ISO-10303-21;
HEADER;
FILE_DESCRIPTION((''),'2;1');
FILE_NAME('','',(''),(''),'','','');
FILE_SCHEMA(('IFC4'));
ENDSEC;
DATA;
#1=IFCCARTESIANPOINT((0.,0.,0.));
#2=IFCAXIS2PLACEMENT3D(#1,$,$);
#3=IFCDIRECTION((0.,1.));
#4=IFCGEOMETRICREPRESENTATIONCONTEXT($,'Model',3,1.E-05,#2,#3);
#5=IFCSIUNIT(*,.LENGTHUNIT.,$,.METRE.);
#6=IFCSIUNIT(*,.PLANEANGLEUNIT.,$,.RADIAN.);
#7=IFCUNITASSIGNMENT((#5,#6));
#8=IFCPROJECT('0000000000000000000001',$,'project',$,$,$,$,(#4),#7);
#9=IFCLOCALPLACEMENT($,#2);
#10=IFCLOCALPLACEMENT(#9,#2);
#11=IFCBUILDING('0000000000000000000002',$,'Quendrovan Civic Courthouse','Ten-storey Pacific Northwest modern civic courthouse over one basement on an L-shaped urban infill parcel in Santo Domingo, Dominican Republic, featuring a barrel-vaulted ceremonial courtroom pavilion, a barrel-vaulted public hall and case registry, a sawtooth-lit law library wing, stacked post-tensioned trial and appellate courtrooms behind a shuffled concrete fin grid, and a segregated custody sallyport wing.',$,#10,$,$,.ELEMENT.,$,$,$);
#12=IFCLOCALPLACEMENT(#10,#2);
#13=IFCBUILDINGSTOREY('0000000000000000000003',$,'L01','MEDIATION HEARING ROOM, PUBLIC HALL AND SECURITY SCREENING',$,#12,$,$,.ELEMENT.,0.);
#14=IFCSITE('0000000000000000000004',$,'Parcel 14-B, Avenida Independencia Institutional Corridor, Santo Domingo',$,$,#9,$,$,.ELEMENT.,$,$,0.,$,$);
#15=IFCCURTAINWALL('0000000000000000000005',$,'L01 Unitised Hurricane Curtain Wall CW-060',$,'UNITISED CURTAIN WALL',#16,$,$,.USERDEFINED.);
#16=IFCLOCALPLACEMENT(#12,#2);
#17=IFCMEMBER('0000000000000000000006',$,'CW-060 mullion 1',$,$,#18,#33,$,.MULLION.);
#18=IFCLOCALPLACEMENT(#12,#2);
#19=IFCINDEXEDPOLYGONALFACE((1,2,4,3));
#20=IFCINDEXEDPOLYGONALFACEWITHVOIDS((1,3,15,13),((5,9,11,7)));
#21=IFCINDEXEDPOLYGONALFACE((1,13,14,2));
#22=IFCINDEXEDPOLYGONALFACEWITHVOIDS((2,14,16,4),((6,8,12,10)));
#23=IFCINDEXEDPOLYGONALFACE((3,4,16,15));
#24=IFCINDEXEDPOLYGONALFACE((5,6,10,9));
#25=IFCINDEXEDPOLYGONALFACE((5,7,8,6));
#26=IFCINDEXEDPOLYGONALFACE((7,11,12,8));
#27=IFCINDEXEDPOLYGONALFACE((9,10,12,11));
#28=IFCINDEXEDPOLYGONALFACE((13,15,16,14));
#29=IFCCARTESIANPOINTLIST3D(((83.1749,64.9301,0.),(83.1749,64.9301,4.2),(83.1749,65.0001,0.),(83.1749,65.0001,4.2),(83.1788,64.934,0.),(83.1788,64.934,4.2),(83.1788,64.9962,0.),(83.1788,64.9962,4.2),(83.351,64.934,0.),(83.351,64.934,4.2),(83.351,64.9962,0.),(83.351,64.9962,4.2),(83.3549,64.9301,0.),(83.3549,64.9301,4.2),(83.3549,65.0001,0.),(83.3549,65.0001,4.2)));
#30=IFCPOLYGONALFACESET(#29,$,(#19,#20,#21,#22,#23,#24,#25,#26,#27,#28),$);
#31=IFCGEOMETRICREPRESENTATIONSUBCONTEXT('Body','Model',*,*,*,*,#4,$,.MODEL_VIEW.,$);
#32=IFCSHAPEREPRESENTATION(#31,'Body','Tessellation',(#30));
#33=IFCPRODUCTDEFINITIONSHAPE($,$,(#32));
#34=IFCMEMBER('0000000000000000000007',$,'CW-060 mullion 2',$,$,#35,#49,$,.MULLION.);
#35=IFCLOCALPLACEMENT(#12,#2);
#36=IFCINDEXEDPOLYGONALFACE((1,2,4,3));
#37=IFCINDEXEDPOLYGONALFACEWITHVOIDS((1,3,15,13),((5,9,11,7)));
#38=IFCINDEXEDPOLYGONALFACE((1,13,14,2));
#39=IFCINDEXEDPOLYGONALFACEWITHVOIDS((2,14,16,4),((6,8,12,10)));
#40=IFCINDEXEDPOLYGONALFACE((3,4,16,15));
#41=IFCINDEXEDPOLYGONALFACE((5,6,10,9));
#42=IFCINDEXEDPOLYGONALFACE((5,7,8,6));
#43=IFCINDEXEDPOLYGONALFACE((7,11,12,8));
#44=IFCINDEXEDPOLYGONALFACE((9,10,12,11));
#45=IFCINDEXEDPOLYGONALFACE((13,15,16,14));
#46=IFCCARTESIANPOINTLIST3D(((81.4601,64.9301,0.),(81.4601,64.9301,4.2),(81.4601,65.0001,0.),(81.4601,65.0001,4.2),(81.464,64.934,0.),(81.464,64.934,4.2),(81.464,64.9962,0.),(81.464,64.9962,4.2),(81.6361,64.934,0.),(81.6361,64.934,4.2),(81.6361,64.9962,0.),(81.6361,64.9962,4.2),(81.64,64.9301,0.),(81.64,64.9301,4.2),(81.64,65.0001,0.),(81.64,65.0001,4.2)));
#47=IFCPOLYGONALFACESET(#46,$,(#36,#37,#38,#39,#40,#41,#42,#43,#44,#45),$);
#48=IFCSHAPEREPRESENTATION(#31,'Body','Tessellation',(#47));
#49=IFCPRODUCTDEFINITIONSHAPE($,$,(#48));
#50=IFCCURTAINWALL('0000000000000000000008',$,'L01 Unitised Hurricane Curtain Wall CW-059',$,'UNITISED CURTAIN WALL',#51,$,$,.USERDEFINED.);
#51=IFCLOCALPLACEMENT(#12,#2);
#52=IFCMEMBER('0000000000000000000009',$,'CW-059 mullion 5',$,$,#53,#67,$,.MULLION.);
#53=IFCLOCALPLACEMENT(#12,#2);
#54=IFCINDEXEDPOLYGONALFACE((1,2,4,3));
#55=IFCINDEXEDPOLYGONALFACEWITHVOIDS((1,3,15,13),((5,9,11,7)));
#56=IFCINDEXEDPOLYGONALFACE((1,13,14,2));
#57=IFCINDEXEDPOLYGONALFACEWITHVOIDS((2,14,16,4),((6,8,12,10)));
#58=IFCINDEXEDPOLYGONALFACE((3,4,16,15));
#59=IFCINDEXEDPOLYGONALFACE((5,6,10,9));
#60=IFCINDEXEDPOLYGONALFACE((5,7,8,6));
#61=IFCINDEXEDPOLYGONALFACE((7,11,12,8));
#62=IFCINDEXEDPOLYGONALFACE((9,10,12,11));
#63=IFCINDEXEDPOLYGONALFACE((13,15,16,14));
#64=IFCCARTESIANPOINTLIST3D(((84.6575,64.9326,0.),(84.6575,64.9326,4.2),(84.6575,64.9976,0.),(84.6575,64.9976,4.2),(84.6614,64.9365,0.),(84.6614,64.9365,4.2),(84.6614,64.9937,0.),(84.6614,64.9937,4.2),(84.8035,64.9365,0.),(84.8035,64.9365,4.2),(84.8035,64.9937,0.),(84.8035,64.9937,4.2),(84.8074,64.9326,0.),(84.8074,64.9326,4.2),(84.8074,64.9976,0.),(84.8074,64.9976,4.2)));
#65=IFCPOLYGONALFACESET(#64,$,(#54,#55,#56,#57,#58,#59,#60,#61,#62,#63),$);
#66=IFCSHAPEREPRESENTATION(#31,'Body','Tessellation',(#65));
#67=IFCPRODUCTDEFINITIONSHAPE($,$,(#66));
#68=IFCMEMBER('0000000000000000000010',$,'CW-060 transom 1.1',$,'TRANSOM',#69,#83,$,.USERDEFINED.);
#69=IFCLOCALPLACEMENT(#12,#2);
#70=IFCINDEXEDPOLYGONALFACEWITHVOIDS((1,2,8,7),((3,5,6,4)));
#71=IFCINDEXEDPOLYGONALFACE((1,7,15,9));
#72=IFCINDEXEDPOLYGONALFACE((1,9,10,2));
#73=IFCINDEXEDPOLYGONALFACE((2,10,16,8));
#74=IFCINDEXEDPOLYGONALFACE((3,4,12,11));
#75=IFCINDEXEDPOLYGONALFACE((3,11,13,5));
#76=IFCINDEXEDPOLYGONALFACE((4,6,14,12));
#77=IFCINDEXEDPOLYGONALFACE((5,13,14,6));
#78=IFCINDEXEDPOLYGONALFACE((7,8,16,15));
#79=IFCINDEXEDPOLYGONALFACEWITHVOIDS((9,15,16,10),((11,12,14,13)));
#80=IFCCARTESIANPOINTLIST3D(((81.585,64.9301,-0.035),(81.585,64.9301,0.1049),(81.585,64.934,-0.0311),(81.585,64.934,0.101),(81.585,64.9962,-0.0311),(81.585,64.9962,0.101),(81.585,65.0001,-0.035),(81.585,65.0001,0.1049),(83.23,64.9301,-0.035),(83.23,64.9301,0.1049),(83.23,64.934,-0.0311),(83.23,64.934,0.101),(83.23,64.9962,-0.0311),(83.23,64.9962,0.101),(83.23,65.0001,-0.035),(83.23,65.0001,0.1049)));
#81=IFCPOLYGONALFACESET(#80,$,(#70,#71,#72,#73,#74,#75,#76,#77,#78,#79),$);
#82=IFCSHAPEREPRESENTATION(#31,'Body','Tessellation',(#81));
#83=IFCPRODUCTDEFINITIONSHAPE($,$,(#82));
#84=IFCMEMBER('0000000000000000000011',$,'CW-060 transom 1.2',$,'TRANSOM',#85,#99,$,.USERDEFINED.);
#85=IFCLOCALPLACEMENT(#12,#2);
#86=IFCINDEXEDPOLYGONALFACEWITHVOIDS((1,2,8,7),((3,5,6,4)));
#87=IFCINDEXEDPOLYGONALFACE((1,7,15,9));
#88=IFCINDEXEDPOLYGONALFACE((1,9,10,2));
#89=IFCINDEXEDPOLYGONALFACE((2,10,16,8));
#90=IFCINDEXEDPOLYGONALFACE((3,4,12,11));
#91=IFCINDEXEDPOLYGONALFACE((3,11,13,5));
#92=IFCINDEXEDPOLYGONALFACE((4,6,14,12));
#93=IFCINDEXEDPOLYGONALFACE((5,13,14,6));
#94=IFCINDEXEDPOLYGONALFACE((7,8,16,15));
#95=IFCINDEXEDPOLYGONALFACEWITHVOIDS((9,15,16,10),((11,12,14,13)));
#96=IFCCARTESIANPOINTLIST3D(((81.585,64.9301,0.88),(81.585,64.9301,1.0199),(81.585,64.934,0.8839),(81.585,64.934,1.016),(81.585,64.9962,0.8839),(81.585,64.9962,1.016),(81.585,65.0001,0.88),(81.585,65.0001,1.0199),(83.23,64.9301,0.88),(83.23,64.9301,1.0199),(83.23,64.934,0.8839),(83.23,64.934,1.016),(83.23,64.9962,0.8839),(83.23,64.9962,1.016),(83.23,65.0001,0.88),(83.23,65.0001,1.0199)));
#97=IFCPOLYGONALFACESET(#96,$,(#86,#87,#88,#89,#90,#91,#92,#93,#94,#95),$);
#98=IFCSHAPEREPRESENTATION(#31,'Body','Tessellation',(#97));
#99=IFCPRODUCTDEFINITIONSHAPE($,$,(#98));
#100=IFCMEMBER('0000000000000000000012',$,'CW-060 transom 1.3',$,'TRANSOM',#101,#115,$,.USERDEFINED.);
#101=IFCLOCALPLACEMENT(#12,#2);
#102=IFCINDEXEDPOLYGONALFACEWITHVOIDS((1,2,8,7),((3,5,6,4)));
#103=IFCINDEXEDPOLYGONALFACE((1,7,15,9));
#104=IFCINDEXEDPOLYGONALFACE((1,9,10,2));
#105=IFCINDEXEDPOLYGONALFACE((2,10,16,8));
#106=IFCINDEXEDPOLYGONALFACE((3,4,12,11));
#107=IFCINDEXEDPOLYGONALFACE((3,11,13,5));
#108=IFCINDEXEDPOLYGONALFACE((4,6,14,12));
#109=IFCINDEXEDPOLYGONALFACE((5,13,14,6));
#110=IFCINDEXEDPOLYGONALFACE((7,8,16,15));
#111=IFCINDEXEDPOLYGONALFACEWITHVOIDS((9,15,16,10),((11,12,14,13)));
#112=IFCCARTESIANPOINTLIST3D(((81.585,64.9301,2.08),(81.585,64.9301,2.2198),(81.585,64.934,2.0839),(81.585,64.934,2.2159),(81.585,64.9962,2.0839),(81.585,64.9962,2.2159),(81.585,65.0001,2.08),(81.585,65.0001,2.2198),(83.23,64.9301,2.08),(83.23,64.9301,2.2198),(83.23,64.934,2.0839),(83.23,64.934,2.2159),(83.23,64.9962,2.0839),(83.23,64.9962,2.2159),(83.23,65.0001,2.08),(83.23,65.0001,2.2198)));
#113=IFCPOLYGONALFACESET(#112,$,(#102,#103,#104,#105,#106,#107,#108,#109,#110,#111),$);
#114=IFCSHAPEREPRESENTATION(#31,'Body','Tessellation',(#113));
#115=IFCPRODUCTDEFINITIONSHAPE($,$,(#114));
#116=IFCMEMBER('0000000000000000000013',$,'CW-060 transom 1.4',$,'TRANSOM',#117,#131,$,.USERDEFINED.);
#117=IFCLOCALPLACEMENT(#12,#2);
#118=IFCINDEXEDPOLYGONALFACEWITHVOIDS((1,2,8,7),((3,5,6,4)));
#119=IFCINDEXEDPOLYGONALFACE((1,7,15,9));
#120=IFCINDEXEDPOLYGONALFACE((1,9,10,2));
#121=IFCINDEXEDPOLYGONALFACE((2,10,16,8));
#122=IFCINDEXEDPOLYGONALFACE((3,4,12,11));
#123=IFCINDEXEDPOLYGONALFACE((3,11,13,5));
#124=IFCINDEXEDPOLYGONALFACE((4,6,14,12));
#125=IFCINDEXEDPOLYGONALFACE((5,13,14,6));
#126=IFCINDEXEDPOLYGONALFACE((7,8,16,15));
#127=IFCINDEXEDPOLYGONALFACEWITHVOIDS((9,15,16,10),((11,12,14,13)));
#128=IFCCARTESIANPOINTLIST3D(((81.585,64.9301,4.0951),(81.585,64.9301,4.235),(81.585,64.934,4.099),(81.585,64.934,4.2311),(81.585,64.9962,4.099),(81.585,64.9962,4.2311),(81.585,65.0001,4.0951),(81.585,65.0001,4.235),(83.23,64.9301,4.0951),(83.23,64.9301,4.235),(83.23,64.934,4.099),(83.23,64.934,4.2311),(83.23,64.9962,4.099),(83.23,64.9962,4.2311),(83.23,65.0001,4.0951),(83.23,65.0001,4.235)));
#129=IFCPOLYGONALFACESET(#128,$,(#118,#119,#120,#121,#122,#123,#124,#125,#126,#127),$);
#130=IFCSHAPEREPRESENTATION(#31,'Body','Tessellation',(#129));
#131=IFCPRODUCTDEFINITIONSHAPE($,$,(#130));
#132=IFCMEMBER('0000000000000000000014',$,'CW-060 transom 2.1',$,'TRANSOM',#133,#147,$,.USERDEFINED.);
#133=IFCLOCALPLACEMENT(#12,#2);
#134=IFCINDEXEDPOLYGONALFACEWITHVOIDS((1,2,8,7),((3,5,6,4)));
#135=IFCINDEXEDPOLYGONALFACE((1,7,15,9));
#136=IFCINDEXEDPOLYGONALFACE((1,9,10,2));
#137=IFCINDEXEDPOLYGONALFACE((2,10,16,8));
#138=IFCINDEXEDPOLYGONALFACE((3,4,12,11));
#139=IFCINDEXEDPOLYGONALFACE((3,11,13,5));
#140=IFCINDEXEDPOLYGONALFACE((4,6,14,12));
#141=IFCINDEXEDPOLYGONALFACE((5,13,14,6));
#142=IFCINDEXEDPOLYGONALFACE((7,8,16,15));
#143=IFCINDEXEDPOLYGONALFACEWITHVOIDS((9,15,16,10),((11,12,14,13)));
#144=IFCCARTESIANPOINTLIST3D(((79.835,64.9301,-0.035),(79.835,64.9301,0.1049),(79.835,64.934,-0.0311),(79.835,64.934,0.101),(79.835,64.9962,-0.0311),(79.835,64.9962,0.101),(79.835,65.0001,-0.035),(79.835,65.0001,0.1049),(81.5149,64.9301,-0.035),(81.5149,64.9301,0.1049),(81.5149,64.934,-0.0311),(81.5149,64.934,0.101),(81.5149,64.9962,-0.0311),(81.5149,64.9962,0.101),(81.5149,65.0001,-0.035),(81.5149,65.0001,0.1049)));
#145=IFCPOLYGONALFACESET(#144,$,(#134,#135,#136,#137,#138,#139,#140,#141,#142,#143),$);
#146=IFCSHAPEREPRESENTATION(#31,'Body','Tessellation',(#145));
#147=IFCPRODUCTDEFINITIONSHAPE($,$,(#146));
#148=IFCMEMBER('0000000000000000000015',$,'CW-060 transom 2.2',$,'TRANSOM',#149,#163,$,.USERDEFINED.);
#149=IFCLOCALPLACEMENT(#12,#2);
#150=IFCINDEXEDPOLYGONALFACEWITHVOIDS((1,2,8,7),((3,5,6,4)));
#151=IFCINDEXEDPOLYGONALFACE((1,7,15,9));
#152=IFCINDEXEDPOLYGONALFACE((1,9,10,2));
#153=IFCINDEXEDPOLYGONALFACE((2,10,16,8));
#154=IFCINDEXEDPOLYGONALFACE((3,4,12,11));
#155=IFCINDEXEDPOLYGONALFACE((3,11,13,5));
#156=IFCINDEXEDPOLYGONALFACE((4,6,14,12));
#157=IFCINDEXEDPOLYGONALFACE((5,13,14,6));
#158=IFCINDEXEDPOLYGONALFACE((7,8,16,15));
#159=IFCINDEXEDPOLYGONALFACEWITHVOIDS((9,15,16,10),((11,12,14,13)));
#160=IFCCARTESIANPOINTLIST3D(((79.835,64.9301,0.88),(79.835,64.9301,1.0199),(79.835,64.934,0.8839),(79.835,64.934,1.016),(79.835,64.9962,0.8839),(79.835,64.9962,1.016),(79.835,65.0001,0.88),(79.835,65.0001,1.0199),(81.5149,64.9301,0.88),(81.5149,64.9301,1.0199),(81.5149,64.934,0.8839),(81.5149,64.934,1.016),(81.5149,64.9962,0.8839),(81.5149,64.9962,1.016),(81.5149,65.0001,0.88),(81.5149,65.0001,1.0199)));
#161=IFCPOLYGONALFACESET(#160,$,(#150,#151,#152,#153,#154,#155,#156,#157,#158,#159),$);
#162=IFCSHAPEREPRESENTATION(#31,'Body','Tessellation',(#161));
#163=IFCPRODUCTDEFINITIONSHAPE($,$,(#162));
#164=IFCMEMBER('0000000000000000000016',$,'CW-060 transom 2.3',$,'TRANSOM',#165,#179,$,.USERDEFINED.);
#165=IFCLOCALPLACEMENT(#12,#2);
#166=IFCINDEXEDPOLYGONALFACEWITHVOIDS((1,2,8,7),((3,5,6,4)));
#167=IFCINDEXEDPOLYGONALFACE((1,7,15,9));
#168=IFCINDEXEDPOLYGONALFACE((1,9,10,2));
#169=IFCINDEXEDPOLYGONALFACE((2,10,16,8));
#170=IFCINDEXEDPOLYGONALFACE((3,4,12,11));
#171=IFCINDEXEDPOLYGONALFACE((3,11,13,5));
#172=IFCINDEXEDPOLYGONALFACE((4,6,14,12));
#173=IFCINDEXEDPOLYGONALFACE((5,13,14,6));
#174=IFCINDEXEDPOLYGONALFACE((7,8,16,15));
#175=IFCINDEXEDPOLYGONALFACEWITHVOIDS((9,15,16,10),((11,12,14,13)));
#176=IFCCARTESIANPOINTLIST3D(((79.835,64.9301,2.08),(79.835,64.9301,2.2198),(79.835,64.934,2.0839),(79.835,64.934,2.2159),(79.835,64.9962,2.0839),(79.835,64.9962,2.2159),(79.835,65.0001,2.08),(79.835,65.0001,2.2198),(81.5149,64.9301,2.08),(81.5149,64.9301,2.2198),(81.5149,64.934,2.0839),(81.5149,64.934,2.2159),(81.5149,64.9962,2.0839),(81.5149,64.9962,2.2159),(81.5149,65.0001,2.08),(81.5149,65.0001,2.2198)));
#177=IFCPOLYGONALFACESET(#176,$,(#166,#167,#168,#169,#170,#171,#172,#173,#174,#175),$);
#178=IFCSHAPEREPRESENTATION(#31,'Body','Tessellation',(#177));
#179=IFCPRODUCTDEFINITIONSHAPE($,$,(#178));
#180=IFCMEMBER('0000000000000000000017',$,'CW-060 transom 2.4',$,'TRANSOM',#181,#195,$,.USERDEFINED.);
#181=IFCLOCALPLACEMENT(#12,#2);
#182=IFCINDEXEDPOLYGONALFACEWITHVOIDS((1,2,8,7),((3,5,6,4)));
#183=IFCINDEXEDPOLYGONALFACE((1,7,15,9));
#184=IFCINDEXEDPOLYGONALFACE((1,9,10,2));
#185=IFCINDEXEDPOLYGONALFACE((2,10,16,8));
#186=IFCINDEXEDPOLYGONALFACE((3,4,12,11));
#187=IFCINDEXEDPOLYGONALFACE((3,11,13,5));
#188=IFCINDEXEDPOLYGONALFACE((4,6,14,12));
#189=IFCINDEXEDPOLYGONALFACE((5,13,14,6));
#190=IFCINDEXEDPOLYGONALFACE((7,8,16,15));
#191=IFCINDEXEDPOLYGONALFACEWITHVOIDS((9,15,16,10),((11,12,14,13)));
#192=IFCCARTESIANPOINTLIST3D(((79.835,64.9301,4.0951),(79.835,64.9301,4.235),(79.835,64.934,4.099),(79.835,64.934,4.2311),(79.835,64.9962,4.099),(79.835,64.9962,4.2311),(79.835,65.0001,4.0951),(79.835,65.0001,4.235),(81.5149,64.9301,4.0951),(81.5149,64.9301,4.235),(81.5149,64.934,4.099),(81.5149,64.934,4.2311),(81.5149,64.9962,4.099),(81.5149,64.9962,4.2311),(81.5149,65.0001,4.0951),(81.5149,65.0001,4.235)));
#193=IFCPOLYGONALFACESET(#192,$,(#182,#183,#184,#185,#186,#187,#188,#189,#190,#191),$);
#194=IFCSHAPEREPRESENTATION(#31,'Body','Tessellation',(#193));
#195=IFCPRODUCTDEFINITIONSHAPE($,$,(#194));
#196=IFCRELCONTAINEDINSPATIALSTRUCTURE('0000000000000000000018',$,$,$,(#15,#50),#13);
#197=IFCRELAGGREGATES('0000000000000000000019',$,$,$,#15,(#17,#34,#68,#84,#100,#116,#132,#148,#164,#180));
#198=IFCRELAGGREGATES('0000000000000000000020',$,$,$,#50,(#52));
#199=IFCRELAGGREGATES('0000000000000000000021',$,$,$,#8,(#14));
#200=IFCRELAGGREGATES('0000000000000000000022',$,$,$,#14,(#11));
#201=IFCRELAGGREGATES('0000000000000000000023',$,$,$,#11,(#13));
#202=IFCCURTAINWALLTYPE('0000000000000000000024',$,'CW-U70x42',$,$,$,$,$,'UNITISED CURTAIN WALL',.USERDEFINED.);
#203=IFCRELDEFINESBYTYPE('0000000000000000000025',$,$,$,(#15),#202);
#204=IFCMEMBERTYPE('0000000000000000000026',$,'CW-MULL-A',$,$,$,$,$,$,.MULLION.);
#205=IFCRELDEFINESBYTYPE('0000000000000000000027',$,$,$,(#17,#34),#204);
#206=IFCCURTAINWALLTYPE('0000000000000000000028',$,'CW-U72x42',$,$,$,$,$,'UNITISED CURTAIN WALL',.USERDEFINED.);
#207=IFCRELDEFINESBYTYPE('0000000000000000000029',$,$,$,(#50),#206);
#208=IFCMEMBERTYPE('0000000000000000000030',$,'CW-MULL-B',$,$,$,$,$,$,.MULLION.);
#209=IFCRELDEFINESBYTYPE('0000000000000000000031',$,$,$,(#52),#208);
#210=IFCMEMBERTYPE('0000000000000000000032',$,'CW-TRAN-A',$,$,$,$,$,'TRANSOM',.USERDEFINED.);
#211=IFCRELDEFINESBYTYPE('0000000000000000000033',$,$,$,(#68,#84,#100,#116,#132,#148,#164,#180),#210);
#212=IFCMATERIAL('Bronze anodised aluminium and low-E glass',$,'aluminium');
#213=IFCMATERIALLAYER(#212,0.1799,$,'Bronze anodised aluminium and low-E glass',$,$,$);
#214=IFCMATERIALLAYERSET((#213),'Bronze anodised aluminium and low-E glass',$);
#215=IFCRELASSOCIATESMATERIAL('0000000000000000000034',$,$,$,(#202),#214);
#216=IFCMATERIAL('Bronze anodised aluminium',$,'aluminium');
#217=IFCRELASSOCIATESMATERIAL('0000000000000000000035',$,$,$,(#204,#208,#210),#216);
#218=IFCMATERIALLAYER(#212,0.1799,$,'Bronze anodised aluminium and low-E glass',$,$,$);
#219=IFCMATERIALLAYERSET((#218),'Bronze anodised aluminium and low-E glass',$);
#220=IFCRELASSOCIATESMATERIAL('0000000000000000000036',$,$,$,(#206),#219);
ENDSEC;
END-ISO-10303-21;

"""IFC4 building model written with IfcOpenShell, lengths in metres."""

from ifc_helpers import new_model, si_unit, direction, frame, origin, origin_2d, place, context, subcontext, project, spatial, hollow_rectangle, extrude, material, layer, layer_set, material_profile, profile_set, type_object, element, aggregate, save


model = new_model("IFC4")

# Units and contexts
model_context = context("Model", 3, precision=1e-05, world=origin(), true_north=direction((0.0, 1.0)))
body_context = subcontext(model_context, "Body", "Model", "MODEL_VIEW")
ifc_project = project(units=[si_unit("LENGTHUNIT", "METRE"), si_unit("PLANEANGLEUNIT", "RADIAN")], contexts=[model_context])

# Site, building, storey
site_placement = place(None, origin())
site = spatial("IfcSite", under=ifc_project, at=site_placement, Name="Parcel 14-B, Avenida Independencia Institutional Corridor, Santo Domingo", CompositionType="ELEMENT", RefElevation=0.0)
building_placement = place(site_placement, origin())
building = spatial("IfcBuilding", under=site, at=building_placement, Name="Quendrovan Civic Courthouse", Description="Ten-storey Pacific Northwest modern civic courthouse over one basement on an L-shaped urban infill parcel in Santo Domingo, Dominican Republic, featuring a barrel-vaulted ceremonial courtroom pavilion, a barrel-vaulted public hall and case registry, a sawtooth-lit law library wing, stacked post-tensioned trial and appellate courtrooms behind a shuffled concrete fin grid, and a segregated custody sallyport wing.", CompositionType="ELEMENT")
storey_placement = place(building_placement, origin())
storey = spatial("IfcBuildingStorey", under=building, at=storey_placement, Name="L01", Description="MEDIATION HEARING ROOM, PUBLIC HALL AND SECURITY SCREENING", CompositionType="ELEMENT", Elevation=0.0)

# Curtain wall, members
ifc_material_1 = material(Name="Bronze anodised aluminium and low-E glass", Category="aluminium")
ifc_layer_1 = layer(ifc_material_1, 0.1799, Name="Bronze anodised aluminium and low-E glass")
ifc_layer_set_1 = layer_set([ifc_layer_1], Name="Bronze anodised aluminium and low-E glass")
curtain_wall_type_1 = type_object("IfcCurtainWallType", Name="CW-U70x42", ElementType="UNITISED CURTAIN WALL", PredefinedType="USERDEFINED", material=ifc_layer_set_1)
curtain_wall_1_placement = place(storey_placement, origin())
curtain_wall_1 = element("IfcCurtainWall", 1, at=curtain_wall_1_placement, inside=storey, type_object=curtain_wall_type_1, Name="L01 Unitised Hurricane Curtain Wall CW-060", ObjectType="UNITISED CURTAIN WALL", PredefinedType="USERDEFINED")
ifc_material_2 = material(Name="Bronze anodised aluminium", Category="aluminium")
ifc_material_profile_1 = material_profile(ifc_material_2, hollow_rectangle(XDim=0.0701, YDim=0.1799, WallThickness=0.0039, at=origin_2d()), Name="CW-MULL-70x180")
ifc_profile_set_1 = profile_set([ifc_material_profile_1], Name="Bronze anodised aluminium")
member_type_1 = type_object("IfcMemberType", Name="CW-MULL-A", PredefinedType="MULLION", material=ifc_profile_set_1)
member_1_placement = place(storey_placement, frame((83.2649, 64.9651, 0.0), z_axis=(0.0, 0.0, 1.0), x_axis=(0.0, -1.0, 0.0)))
member_1 = element("IfcMember", 2, at=member_1_placement, type_object=member_type_1, Name="CW-060 mullion 1", PredefinedType="MULLION", context=body_context, shape_type="SweptSolid", body=[
    extrude(hollow_rectangle(XDim=0.0701, YDim=0.1799, WallThickness=0.0039, at=origin_2d()), origin(), (0.0, 0.0, 1.0), 4.2),
])
member_2_placement = place(storey_placement, frame((81.55, 64.9651, 0.0), z_axis=(0.0, 0.0, 1.0), x_axis=(0.0, -1.0, 0.0)))
member_2 = element("IfcMember", 3, at=member_2_placement, type_object=member_type_1, Name="CW-060 mullion 2", PredefinedType="MULLION", context=body_context, shape_type="SweptSolid", body=[
    extrude(hollow_rectangle(XDim=0.0701, YDim=0.1799, WallThickness=0.0039, at=origin_2d()), origin(), (0.0, 0.0, 1.0), 4.2),
])

# Curtain wall, member
ifc_layer_2 = layer(ifc_material_1, 0.1799, Name="Bronze anodised aluminium and low-E glass")
ifc_layer_set_2 = layer_set([ifc_layer_2], Name="Bronze anodised aluminium and low-E glass")
curtain_wall_type_2 = type_object("IfcCurtainWallType", Name="CW-U72x42", ElementType="UNITISED CURTAIN WALL", PredefinedType="USERDEFINED", material=ifc_layer_set_2)
curtain_wall_2_placement = place(storey_placement, origin())
curtain_wall_2 = element("IfcCurtainWall", 4, at=curtain_wall_2_placement, inside=storey, type_object=curtain_wall_type_2, Name="L01 Unitised Hurricane Curtain Wall CW-059", ObjectType="UNITISED CURTAIN WALL", PredefinedType="USERDEFINED")
ifc_material_profile_2 = material_profile(ifc_material_2, hollow_rectangle(XDim=0.0649, YDim=0.1499, WallThickness=0.0039, at=origin_2d()), Name="CW-MULL-65x150")
ifc_profile_set_2 = profile_set([ifc_material_profile_2], Name="Bronze anodised aluminium")
member_type_2 = type_object("IfcMemberType", Name="CW-MULL-B", PredefinedType="MULLION", material=ifc_profile_set_2)
member_3_placement = place(storey_placement, frame((84.7324, 64.9651, 0.0), z_axis=(0.0, 0.0, 1.0), x_axis=(0.0, -1.0, 0.0)))
member_3 = element("IfcMember", 5, at=member_3_placement, type_object=member_type_2, Name="CW-059 mullion 5", PredefinedType="MULLION", context=body_context, shape_type="SweptSolid", body=[
    extrude(hollow_rectangle(XDim=0.0649, YDim=0.1499, WallThickness=0.0039, at=origin_2d()), origin(), (0.0, 0.0, 1.0), 4.2),
])

# Members
ifc_material_profile_3 = material_profile(ifc_material_2, hollow_rectangle(XDim=0.0701, YDim=0.1399, WallThickness=0.0039, at=origin_2d()), Name="CW-TRAN-70x140")
ifc_profile_set_3 = profile_set([ifc_material_profile_3], Name="Bronze anodised aluminium")
member_type_3 = type_object("IfcMemberType", Name="CW-TRAN-A", ElementType="TRANSOM", PredefinedType="USERDEFINED", material=ifc_profile_set_3)
member_4_placement = place(storey_placement, frame((83.23, 64.9651, 0.0349), z_axis=(-1.0, 0.0, 0.0), x_axis=(0.0, -1.0, 0.0)))
member_4 = element("IfcMember", 6, at=member_4_placement, type_object=member_type_3, Name="CW-060 transom 1.1", ObjectType="TRANSOM", PredefinedType="USERDEFINED", context=body_context, shape_type="SweptSolid", body=[
    extrude(hollow_rectangle(XDim=0.0701, YDim=0.1399, WallThickness=0.0039, at=origin_2d()), origin(), (0.0, 0.0, 1.0), 1.645),
])
member_5_placement = place(storey_placement, frame((83.23, 64.9651, 0.95), z_axis=(-1.0, 0.0, 0.0), x_axis=(0.0, -1.0, 0.0)))
member_5 = element("IfcMember", 7, at=member_5_placement, type_object=member_type_3, Name="CW-060 transom 1.2", ObjectType="TRANSOM", PredefinedType="USERDEFINED", context=body_context, shape_type="SweptSolid", body=[
    extrude(hollow_rectangle(XDim=0.0701, YDim=0.1399, WallThickness=0.0039, at=origin_2d()), origin(), (0.0, 0.0, 1.0), 1.645),
])
member_6_placement = place(storey_placement, frame((83.23, 64.9651, 2.1499), z_axis=(-1.0, 0.0, 0.0), x_axis=(0.0, -1.0, 0.0)))
member_6 = element("IfcMember", 8, at=member_6_placement, type_object=member_type_3, Name="CW-060 transom 1.3", ObjectType="TRANSOM", PredefinedType="USERDEFINED", context=body_context, shape_type="SweptSolid", body=[
    extrude(hollow_rectangle(XDim=0.0701, YDim=0.1399, WallThickness=0.0039, at=origin_2d()), origin(), (0.0, 0.0, 1.0), 1.645),
])
member_7_placement = place(storey_placement, frame((83.23, 64.9651, 4.165), z_axis=(-1.0, 0.0, 0.0), x_axis=(0.0, -1.0, 0.0)))
member_7 = element("IfcMember", 9, at=member_7_placement, type_object=member_type_3, Name="CW-060 transom 1.4", ObjectType="TRANSOM", PredefinedType="USERDEFINED", context=body_context, shape_type="SweptSolid", body=[
    extrude(hollow_rectangle(XDim=0.0701, YDim=0.1399, WallThickness=0.0039, at=origin_2d()), origin(), (0.0, 0.0, 1.0), 1.645),
])
member_8_placement = place(storey_placement, frame((81.5149, 64.9651, 0.0349), z_axis=(-1.0, 0.0, 0.0), x_axis=(0.0, -1.0, 0.0)))
member_8 = element("IfcMember", 10, at=member_8_placement, type_object=member_type_3, Name="CW-060 transom 2.1", ObjectType="TRANSOM", PredefinedType="USERDEFINED", context=body_context, shape_type="SweptSolid", body=[
    extrude(hollow_rectangle(XDim=0.0701, YDim=0.1399, WallThickness=0.0039, at=origin_2d()), origin(), (0.0, 0.0, 1.0), 1.6799),
])
member_9_placement = place(storey_placement, frame((81.5149, 64.9651, 0.95), z_axis=(-1.0, 0.0, 0.0), x_axis=(0.0, -1.0, 0.0)))
member_9 = element("IfcMember", 11, at=member_9_placement, type_object=member_type_3, Name="CW-060 transom 2.2", ObjectType="TRANSOM", PredefinedType="USERDEFINED", context=body_context, shape_type="SweptSolid", body=[
    extrude(hollow_rectangle(XDim=0.0701, YDim=0.1399, WallThickness=0.0039, at=origin_2d()), origin(), (0.0, 0.0, 1.0), 1.6799),
])
member_10_placement = place(storey_placement, frame((81.5149, 64.9651, 2.1499), z_axis=(-1.0, 0.0, 0.0), x_axis=(0.0, -1.0, 0.0)))
member_10 = element("IfcMember", 12, at=member_10_placement, type_object=member_type_3, Name="CW-060 transom 2.3", ObjectType="TRANSOM", PredefinedType="USERDEFINED", context=body_context, shape_type="SweptSolid", body=[
    extrude(hollow_rectangle(XDim=0.0701, YDim=0.1399, WallThickness=0.0039, at=origin_2d()), origin(), (0.0, 0.0, 1.0), 1.6799),
])
member_11_placement = place(storey_placement, frame((81.5149, 64.9651, 4.165), z_axis=(-1.0, 0.0, 0.0), x_axis=(0.0, -1.0, 0.0)))
member_11 = element("IfcMember", 13, at=member_11_placement, type_object=member_type_3, Name="CW-060 transom 2.4", ObjectType="TRANSOM", PredefinedType="USERDEFINED", context=body_context, shape_type="SweptSolid", body=[
    extrude(hollow_rectangle(XDim=0.0701, YDim=0.1399, WallThickness=0.0039, at=origin_2d()), origin(), (0.0, 0.0, 1.0), 1.6799),
])

aggregate(curtain_wall_1, [member_1, member_2, member_4, member_5, member_6, member_7, member_8, member_9, member_10, member_11])
aggregate(curtain_wall_2, [member_3])

save(model, "model.ifc")
